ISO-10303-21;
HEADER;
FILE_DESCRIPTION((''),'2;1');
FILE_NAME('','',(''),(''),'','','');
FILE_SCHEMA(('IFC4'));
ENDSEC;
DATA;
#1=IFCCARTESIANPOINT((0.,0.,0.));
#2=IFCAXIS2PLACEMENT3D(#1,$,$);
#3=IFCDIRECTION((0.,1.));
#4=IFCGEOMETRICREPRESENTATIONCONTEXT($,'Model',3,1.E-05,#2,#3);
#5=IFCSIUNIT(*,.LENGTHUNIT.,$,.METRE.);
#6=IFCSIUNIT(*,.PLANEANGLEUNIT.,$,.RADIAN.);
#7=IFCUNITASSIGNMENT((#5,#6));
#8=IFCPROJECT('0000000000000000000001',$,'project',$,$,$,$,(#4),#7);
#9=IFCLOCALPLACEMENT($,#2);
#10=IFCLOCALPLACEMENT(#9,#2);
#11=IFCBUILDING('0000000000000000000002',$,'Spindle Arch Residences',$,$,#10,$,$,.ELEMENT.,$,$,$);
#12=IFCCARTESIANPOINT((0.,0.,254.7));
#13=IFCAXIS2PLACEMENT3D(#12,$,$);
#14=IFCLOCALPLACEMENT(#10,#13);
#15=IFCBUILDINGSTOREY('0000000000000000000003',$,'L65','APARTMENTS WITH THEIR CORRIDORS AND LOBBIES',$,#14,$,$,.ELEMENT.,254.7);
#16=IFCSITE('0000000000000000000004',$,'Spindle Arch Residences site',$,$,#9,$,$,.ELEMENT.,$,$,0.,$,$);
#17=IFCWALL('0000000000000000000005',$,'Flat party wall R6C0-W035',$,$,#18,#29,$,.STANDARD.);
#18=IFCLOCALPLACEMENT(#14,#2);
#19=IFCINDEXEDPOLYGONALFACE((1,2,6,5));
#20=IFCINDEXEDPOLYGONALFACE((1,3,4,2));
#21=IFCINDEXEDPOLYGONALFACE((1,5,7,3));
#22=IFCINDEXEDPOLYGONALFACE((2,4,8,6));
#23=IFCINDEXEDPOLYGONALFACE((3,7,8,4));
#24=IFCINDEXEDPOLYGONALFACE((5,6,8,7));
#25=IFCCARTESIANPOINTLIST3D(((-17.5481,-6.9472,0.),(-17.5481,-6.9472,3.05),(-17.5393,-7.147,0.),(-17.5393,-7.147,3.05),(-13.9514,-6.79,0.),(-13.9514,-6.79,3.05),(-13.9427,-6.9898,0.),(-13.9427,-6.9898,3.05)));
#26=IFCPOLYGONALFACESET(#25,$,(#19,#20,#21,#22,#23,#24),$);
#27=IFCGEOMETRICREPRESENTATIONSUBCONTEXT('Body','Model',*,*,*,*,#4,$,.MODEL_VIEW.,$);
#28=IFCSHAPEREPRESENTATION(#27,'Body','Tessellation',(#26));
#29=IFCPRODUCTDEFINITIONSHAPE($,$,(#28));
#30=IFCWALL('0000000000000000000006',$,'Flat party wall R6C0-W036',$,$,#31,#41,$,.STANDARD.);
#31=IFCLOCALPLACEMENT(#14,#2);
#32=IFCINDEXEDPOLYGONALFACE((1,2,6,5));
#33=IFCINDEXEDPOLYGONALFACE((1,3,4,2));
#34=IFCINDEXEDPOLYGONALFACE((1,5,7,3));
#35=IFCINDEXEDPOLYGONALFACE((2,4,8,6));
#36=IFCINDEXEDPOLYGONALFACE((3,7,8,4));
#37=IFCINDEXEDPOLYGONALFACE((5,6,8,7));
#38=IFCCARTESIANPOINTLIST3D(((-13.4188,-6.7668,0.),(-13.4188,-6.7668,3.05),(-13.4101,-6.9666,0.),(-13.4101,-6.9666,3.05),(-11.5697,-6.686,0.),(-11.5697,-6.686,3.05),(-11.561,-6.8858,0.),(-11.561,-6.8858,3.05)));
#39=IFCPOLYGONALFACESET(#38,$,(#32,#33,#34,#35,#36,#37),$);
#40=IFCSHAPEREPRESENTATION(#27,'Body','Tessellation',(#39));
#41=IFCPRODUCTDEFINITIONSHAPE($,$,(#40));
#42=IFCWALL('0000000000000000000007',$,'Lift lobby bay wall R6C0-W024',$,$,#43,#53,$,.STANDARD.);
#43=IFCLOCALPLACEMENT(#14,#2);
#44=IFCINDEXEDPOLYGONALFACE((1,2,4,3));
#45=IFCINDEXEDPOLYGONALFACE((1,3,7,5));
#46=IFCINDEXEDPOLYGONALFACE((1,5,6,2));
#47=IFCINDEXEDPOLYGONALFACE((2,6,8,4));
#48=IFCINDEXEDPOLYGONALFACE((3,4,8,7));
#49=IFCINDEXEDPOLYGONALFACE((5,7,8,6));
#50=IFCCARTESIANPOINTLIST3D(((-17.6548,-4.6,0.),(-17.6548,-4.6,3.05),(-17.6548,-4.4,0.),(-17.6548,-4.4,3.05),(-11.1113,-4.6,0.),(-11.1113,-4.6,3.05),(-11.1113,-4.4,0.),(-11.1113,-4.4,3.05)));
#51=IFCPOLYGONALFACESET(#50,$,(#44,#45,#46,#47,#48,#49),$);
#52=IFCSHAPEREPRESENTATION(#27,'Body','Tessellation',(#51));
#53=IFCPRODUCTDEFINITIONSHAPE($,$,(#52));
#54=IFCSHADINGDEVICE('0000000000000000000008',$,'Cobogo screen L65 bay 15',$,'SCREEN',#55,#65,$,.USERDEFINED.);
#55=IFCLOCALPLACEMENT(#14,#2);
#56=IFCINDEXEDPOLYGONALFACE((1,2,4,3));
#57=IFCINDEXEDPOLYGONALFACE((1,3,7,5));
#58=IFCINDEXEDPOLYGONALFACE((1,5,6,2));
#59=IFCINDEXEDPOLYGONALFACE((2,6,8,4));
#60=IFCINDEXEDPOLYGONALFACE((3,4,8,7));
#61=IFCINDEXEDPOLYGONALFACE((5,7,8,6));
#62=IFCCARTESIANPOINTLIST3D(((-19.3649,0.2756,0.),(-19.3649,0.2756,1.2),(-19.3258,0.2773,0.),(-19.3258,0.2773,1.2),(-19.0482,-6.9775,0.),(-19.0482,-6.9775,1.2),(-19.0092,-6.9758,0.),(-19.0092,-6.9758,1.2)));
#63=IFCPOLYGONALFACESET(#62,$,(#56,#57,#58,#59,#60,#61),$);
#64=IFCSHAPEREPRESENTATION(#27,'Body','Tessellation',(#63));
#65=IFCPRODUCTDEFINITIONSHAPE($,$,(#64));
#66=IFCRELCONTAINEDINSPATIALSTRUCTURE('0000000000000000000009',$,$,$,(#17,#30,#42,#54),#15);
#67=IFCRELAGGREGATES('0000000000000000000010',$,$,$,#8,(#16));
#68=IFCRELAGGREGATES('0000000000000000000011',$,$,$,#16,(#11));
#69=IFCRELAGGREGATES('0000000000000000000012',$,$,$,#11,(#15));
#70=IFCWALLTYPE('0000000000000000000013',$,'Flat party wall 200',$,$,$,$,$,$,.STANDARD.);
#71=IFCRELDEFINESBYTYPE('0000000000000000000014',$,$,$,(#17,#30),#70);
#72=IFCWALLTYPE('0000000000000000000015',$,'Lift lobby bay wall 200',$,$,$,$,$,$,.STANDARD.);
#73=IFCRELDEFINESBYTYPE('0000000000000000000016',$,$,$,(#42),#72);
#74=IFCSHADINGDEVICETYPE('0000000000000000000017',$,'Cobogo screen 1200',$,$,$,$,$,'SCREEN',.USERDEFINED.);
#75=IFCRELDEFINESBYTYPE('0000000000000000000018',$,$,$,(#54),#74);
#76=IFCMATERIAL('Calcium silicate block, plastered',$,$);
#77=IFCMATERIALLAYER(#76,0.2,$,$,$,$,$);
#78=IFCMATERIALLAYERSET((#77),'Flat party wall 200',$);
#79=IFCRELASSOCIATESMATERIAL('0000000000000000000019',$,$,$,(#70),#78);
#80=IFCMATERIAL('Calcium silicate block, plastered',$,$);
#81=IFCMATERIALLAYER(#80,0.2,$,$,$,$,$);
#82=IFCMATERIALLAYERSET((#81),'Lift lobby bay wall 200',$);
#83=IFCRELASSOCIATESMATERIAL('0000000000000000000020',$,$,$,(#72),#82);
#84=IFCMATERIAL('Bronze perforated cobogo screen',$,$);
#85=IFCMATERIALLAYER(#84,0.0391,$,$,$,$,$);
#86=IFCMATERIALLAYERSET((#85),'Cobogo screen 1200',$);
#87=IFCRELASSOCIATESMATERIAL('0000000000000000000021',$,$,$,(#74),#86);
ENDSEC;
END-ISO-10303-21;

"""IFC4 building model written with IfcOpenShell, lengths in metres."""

from ifc_helpers import new_model, si_unit, direction, frame, frame_2d, origin, origin_2d, place, context, subcontext, project, spatial, rectangle, extrude, material, layer, layer_set, type_object, element, save


model = new_model("IFC4")

# Units and contexts
model_context = context("Model", 3, precision=1e-05, world=origin(), true_north=direction((0.0, 1.0)))
body_context = subcontext(model_context, "Body", "Model", "MODEL_VIEW")
ifc_project = project(units=[si_unit("LENGTHUNIT", "METRE"), si_unit("PLANEANGLEUNIT", "RADIAN")], contexts=[model_context])

# Site, building, storey
site_placement = place(None, origin())
site = spatial("IfcSite", under=ifc_project, at=site_placement, Name="Spindle Arch Residences site", CompositionType="ELEMENT", RefElevation=0.0)
building_placement = place(site_placement, origin())
building = spatial("IfcBuilding", under=site, at=building_placement, Name="Spindle Arch Residences", CompositionType="ELEMENT")
storey_placement = place(building_placement, frame((0.0, 0.0, 254.7)))
storey = spatial("IfcBuildingStorey", under=building, at=storey_placement, Name="L65", Description="APARTMENTS WITH THEIR CORRIDORS AND LOBBIES", CompositionType="ELEMENT", Elevation=254.7)

# Walls
ifc_material_1 = material(Name="Calcium silicate block, plastered")
ifc_layer_1 = layer(ifc_material_1, 0.2)
ifc_layer_set_1 = layer_set([ifc_layer_1], Name="Flat party wall 200")
wall_type_1 = type_object("IfcWallType", Name="Flat party wall 200", PredefinedType="STANDARD", material=ifc_layer_set_1)
wall_1_placement = place(storey_placement, frame((-17.5437, -7.0471, 0.0), z_axis=(0.0, 0.0, 1.0), x_axis=(0.999046, 0.043673, 0.0)))
element("IfcWall", 1, at=wall_1_placement, inside=storey, type_object=wall_type_1, Name="Flat party wall R6C0-W035", PredefinedType="STANDARD", context=body_context, shape_type="SweptSolid", body=[
    extrude(rectangle(XDim=3.6001, YDim=0.2, at=frame_2d((1.8, 0.0))), origin(), (0.0, 0.0, 1.0), 3.05),
])
wall_2_placement = place(storey_placement, frame((-13.4143, -6.8667, 0.0), z_axis=(0.0, 0.0, 1.0), x_axis=(0.999046, 0.04366, 0.0)))
element("IfcWall", 2, at=wall_2_placement, inside=storey, type_object=wall_type_1, Name="Flat party wall R6C0-W036", PredefinedType="STANDARD", context=body_context, shape_type="SweptSolid", body=[
    extrude(rectangle(XDim=1.8508, YDim=0.2, at=frame_2d((0.9253, 0.0))), origin(), (0.0, 0.0, 1.0), 3.05),
])

# Wall
ifc_material_2 = material(Name="Calcium silicate block, plastered")
ifc_layer_2 = layer(ifc_material_2, 0.2)
ifc_layer_set_2 = layer_set([ifc_layer_2], Name="Lift lobby bay wall 200")
wall_type_2 = type_object("IfcWallType", Name="Lift lobby bay wall 200", PredefinedType="STANDARD", material=ifc_layer_set_2)
wall_3_placement = place(storey_placement, frame((-17.6548, -4.5, 0.0), z_axis=(0.0, 0.0, 1.0), x_axis=(1.0, 0.0, 0.0)))
element("IfcWall", 3, at=wall_3_placement, inside=storey, type_object=wall_type_2, Name="Lift lobby bay wall R6C0-W024", PredefinedType="STANDARD", context=body_context, shape_type="SweptSolid", body=[
    extrude(rectangle(XDim=6.5435, YDim=0.2, at=frame_2d((3.2717, 0.0))), origin(), (0.0, 0.0, 1.0), 3.05),
])

# Shading device
ifc_material_3 = material(Name="Bronze perforated cobogo screen")
ifc_layer_3 = layer(ifc_material_3, 0.0391)
ifc_layer_set_3 = layer_set([ifc_layer_3], Name="Cobogo screen 1200")
shading_device_type = type_object("IfcShadingDeviceType", Name="Cobogo screen 1200", ElementType="SCREEN", PredefinedType="USERDEFINED", material=ifc_layer_set_3)
shading_device_placement = place(storey_placement, frame((-19.187, -3.3501, 0.0), z_axis=(0.0, 0.0, 1.0), x_axis=(0.043619, -0.999048, 0.0)))
element("IfcShadingDevice", 4, at=shading_device_placement, inside=storey, type_object=shading_device_type, Name="Cobogo screen L65 bay 15", ObjectType="SCREEN", PredefinedType="USERDEFINED", context=body_context, shape_type="SweptSolid", body=[
    extrude(rectangle(XDim=7.26, YDim=0.0391, at=origin_2d()), origin(), (0.0, 0.0, 1.0), 1.2),
])

save(model, "model.ifc")
